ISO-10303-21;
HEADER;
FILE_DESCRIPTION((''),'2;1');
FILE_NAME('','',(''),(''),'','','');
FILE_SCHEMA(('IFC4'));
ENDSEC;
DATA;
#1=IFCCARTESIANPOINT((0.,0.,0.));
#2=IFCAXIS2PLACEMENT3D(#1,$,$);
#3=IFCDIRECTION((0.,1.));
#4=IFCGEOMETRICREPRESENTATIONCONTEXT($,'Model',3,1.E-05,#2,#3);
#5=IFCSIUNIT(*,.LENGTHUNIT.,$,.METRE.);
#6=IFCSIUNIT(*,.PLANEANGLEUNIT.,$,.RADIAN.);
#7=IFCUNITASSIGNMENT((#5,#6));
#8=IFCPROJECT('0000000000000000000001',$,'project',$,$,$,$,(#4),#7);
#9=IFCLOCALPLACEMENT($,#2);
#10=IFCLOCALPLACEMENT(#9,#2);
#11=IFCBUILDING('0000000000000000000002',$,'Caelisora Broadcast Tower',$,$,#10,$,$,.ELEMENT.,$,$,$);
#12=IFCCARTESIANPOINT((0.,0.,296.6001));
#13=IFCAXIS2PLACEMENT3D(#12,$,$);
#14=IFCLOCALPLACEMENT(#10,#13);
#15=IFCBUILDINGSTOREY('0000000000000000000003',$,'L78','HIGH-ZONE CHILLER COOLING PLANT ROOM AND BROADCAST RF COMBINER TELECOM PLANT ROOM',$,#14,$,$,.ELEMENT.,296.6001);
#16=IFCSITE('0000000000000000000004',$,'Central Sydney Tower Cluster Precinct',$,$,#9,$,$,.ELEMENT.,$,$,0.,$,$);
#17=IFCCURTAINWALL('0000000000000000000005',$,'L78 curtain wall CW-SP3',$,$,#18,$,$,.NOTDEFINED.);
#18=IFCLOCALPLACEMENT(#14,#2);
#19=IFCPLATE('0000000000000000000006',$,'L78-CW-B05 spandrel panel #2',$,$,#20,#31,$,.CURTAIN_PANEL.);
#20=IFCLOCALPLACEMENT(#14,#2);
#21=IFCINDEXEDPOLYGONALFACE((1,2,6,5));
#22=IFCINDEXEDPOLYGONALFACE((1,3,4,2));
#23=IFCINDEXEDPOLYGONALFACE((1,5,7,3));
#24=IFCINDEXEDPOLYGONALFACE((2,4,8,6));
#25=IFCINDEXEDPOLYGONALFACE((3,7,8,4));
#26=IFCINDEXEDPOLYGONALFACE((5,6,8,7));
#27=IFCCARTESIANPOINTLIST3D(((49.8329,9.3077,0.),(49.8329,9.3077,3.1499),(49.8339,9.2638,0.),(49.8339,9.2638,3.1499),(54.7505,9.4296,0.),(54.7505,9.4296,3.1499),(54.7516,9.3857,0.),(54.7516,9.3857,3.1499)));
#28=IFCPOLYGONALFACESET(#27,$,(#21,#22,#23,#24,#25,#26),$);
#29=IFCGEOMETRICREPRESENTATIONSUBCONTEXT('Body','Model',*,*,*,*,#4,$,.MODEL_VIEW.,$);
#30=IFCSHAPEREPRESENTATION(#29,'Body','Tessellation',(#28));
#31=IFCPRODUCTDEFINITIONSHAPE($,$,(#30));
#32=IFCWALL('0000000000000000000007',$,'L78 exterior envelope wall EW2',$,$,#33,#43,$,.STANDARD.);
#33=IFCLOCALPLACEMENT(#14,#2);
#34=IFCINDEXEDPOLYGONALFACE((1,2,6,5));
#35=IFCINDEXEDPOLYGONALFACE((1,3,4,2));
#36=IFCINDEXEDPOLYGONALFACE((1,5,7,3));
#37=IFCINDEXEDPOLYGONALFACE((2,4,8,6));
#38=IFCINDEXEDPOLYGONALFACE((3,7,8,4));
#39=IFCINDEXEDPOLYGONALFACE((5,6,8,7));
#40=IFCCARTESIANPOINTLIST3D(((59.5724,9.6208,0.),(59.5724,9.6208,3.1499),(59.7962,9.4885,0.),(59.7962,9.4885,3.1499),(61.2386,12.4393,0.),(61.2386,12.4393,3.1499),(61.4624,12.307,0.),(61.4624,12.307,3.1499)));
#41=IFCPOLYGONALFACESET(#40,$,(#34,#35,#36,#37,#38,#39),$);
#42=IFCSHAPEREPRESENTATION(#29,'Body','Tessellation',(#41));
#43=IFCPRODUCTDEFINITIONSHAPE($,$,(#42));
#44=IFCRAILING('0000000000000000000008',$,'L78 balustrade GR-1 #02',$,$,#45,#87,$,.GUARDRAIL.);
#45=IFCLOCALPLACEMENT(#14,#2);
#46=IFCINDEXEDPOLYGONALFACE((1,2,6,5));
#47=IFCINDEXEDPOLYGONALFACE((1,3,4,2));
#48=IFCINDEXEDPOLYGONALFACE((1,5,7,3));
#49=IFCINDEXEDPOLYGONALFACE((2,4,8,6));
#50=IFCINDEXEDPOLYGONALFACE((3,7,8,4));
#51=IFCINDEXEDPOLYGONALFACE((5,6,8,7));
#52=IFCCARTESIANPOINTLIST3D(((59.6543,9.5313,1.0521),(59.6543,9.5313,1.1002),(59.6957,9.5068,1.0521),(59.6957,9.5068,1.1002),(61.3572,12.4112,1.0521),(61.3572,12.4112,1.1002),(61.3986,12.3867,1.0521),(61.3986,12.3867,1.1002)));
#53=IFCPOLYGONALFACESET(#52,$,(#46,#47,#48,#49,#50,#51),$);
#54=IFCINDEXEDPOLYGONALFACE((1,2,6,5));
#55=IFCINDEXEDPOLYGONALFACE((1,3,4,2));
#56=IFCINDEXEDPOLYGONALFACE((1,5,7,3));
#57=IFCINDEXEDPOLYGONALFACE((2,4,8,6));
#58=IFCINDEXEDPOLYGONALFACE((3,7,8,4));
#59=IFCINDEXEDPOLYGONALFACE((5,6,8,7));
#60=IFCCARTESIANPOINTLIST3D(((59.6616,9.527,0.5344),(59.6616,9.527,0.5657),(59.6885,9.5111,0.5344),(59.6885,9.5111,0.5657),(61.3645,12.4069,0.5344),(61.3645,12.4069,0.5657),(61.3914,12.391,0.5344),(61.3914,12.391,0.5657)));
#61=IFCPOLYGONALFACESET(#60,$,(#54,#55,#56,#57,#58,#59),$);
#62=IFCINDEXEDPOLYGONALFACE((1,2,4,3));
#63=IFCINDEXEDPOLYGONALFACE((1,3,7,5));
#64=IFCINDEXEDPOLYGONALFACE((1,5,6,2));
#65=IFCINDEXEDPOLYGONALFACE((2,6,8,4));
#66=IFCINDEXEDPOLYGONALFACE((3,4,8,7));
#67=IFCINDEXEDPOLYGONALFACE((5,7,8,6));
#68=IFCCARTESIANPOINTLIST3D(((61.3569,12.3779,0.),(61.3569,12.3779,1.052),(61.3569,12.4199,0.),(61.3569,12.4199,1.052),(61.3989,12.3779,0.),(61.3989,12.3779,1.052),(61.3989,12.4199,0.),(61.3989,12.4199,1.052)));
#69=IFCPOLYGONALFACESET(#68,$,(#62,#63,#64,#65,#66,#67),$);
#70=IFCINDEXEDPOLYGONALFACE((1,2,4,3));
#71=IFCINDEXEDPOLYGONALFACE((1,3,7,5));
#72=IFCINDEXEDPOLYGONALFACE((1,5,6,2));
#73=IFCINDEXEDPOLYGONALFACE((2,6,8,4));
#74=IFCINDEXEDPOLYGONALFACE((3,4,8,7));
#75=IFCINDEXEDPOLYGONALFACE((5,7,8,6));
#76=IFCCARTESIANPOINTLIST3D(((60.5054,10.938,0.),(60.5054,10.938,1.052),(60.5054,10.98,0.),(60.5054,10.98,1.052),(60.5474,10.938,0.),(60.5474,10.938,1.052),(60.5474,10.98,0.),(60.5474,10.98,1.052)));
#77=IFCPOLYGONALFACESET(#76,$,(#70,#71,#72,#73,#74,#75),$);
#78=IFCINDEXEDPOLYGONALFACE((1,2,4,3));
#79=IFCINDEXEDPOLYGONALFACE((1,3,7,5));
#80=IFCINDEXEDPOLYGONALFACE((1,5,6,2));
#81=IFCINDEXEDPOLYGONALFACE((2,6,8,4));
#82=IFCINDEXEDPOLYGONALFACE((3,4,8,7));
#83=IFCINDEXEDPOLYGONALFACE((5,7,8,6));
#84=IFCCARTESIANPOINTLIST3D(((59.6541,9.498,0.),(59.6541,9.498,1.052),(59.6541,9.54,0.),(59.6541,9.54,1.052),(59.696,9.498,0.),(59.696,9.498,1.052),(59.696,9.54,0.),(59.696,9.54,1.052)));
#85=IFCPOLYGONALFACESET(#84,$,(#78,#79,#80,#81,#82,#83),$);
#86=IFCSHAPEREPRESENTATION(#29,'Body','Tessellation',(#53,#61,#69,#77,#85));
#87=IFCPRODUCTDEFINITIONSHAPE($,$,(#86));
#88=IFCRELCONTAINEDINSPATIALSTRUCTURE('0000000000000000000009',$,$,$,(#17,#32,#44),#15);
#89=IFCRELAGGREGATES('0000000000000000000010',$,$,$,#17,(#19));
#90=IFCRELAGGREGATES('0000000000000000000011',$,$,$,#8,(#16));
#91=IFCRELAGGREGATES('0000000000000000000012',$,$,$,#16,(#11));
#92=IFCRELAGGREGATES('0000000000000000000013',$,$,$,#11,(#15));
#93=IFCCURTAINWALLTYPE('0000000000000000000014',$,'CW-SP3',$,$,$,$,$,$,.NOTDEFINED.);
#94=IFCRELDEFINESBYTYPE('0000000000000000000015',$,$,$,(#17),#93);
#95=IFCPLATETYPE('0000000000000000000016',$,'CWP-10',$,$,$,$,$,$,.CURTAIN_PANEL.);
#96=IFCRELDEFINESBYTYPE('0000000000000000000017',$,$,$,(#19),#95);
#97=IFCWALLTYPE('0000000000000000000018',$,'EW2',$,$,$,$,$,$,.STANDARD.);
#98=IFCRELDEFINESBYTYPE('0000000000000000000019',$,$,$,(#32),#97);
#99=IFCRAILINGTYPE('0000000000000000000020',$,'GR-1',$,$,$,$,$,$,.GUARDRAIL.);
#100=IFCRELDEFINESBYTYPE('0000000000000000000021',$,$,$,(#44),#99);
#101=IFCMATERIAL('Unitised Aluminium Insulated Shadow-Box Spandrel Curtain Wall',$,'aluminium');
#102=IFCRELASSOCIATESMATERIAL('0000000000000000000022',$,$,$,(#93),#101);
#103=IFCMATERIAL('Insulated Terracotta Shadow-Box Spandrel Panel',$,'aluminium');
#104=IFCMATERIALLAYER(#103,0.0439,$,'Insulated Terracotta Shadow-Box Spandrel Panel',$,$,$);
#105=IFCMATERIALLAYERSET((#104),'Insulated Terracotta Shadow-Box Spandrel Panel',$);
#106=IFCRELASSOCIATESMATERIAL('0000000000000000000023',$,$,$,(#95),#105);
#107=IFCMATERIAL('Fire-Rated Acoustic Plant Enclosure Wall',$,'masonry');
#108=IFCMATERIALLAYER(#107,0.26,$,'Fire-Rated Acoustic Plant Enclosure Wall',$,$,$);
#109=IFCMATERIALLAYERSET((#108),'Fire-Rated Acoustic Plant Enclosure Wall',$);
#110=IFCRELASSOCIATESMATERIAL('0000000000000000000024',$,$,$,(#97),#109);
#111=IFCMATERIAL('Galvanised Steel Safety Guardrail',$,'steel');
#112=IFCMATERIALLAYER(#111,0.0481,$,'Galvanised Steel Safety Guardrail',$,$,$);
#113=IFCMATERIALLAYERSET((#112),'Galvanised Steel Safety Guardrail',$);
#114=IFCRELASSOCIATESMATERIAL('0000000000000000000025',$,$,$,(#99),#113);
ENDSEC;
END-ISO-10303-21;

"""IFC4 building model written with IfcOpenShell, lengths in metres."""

from ifc_helpers import new_model, si_unit, direction, frame, frame_2d, origin, origin_2d, place, context, subcontext, project, spatial, rectangle, extrude, source, transform, mapped, material, layer, layer_set, type_object, type_shapes, element, aggregate, save


model = new_model("IFC4")

# Units and contexts
model_context = context("Model", 3, precision=1e-05, world=origin(), true_north=direction((0.0, 1.0)))
body_context = subcontext(model_context, "Body", "Model", "MODEL_VIEW")
ifc_project = project(units=[si_unit("LENGTHUNIT", "METRE"), si_unit("PLANEANGLEUNIT", "RADIAN")], contexts=[model_context])

# Site, building, storey
site_placement = place(None, origin())
site = spatial("IfcSite", under=ifc_project, at=site_placement, Name="Central Sydney Tower Cluster Precinct", CompositionType="ELEMENT", RefElevation=0.0)
building_placement = place(site_placement, origin())
building = spatial("IfcBuilding", under=site, at=building_placement, Name="Caelisora Broadcast Tower", CompositionType="ELEMENT")
storey_placement = place(building_placement, frame((0.0, 0.0, 296.6001)))
storey = spatial("IfcBuildingStorey", under=building, at=storey_placement, Name="L78", Description="HIGH-ZONE CHILLER COOLING PLANT ROOM AND BROADCAST RF COMBINER TELECOM PLANT ROOM", CompositionType="ELEMENT", Elevation=296.6001)

# Curtain wall, plate
ifc_material_1 = material(Name="Unitised Aluminium Insulated Shadow-Box Spandrel Curtain Wall", Category="aluminium")
curtain_wall_type = type_object("IfcCurtainWallType", Name="CW-SP3", PredefinedType="NOTDEFINED", material=ifc_material_1)
curtain_wall_placement = place(storey_placement, origin())
curtain_wall = element("IfcCurtainWall", 1, at=curtain_wall_placement, inside=storey, type_object=curtain_wall_type, Name="L78 curtain wall CW-SP3", PredefinedType="NOTDEFINED")
ifc_material_2 = material(Name="Insulated Terracotta Shadow-Box Spandrel Panel", Category="aluminium")
ifc_layer_1 = layer(ifc_material_2, 0.0439, Name="Insulated Terracotta Shadow-Box Spandrel Panel")
ifc_layer_set_1 = layer_set([ifc_layer_1], Name="Insulated Terracotta Shadow-Box Spandrel Panel")
plate_type = type_object("IfcPlateType", Name="CWP-10", PredefinedType="CURTAIN_PANEL", material=ifc_layer_set_1)
shared_shape_1 = source(origin(), body_context, "Body", "SweptSolid", [
    extrude(rectangle(XDim=4.9192, YDim=0.0439, at=origin_2d()), origin(), (0.0, 0.0, 1.0), 3.1499),
])
type_shapes(plate_type, [shared_shape_1])
plate_1_placement = place(storey_placement, frame((52.2922, 9.3467, 0.0), z_axis=(0.0, 0.0, 1.0), x_axis=(-0.999693, -0.024781, 0.0)))
plate_1 = element("IfcPlate", 2, at=plate_1_placement, type_object=plate_type, Name="L78-CW-B05 spandrel panel #2", PredefinedType="CURTAIN_PANEL", context=body_context, shape_type="MappedRepresentation", body=[
    mapped(shared_shape_1, transform((0.0, 0.0, 0.0), scale=1.0)),
])
aggregate(curtain_wall, [plate_1])

# Wall
ifc_material_3 = material(Name="Fire-Rated Acoustic Plant Enclosure Wall", Category="masonry")
ifc_layer_2 = layer(ifc_material_3, 0.26, Name="Fire-Rated Acoustic Plant Enclosure Wall")
ifc_layer_set_2 = layer_set([ifc_layer_2], Name="Fire-Rated Acoustic Plant Enclosure Wall")
wall_type = type_object("IfcWallType", Name="EW2", PredefinedType="STANDARD", material=ifc_layer_set_2)
wall_placement = place(storey_placement, frame((61.3506, 12.3733, 0.0), z_axis=(0.0, 0.0, 1.0), x_axis=(-0.508893, -0.86083, 0.0)))
element("IfcWall", 3, at=wall_placement, inside=storey, type_object=wall_type, Name="L78 exterior envelope wall EW2", PredefinedType="STANDARD", context=body_context, shape_type="SweptSolid", body=[
    extrude(rectangle(XDim=3.2742, YDim=0.26, at=frame_2d((1.6372, 0.0))), origin(), (0.0, 0.0, 1.0), 3.1499),
])

# Railing
ifc_material_4 = material(Name="Galvanised Steel Safety Guardrail", Category="steel")
ifc_layer_3 = layer(ifc_material_4, 0.0481, Name="Galvanised Steel Safety Guardrail")
ifc_layer_set_3 = layer_set([ifc_layer_3], Name="Galvanised Steel Safety Guardrail")
railing_type = type_object("IfcRailingType", Name="GR-1", PredefinedType="GUARDRAIL", material=ifc_layer_set_3)
railing_1_placement = place(storey_placement, frame((61.3779, 12.3989, 0.0)))
element("IfcRailing", 4, at=railing_1_placement, inside=storey, type_object=railing_type, Name="L78 balustrade GR-1 #02", PredefinedType="GUARDRAIL", context=body_context, shape_type="SweptSolid", body=[
    extrude(rectangle(XDim=0.0481, YDim=0.0481, at=origin_2d()), frame((0.0, 0.0, 1.0762), z_axis=(-0.50898, -0.860778, 0.0), x_axis=(0.860778, -0.50898, 0.0)), (0.0, 0.0, 1.0), 3.3457),
    extrude(rectangle(XDim=0.0312, YDim=0.0312, at=origin_2d()), frame((0.0, 0.0, 0.55), z_axis=(-0.50898, -0.860778, 0.0), x_axis=(0.860778, -0.50898, 0.0)), (0.0, 0.0, 1.0), 3.3457),
    extrude(rectangle(XDim=0.042, YDim=0.042, at=origin_2d()), origin(), (0.0, 0.0, 1.0), 1.052),
    extrude(rectangle(XDim=0.042, YDim=0.042, at=origin_2d()), frame((-0.8516, -1.4399, 0.0)), (0.0, 0.0, 1.0), 1.052),
    extrude(rectangle(XDim=0.042, YDim=0.042, at=origin_2d()), frame((-1.7029, -2.8799, 0.0)), (0.0, 0.0, 1.0), 1.052),
])

save(model, "model.ifc")
